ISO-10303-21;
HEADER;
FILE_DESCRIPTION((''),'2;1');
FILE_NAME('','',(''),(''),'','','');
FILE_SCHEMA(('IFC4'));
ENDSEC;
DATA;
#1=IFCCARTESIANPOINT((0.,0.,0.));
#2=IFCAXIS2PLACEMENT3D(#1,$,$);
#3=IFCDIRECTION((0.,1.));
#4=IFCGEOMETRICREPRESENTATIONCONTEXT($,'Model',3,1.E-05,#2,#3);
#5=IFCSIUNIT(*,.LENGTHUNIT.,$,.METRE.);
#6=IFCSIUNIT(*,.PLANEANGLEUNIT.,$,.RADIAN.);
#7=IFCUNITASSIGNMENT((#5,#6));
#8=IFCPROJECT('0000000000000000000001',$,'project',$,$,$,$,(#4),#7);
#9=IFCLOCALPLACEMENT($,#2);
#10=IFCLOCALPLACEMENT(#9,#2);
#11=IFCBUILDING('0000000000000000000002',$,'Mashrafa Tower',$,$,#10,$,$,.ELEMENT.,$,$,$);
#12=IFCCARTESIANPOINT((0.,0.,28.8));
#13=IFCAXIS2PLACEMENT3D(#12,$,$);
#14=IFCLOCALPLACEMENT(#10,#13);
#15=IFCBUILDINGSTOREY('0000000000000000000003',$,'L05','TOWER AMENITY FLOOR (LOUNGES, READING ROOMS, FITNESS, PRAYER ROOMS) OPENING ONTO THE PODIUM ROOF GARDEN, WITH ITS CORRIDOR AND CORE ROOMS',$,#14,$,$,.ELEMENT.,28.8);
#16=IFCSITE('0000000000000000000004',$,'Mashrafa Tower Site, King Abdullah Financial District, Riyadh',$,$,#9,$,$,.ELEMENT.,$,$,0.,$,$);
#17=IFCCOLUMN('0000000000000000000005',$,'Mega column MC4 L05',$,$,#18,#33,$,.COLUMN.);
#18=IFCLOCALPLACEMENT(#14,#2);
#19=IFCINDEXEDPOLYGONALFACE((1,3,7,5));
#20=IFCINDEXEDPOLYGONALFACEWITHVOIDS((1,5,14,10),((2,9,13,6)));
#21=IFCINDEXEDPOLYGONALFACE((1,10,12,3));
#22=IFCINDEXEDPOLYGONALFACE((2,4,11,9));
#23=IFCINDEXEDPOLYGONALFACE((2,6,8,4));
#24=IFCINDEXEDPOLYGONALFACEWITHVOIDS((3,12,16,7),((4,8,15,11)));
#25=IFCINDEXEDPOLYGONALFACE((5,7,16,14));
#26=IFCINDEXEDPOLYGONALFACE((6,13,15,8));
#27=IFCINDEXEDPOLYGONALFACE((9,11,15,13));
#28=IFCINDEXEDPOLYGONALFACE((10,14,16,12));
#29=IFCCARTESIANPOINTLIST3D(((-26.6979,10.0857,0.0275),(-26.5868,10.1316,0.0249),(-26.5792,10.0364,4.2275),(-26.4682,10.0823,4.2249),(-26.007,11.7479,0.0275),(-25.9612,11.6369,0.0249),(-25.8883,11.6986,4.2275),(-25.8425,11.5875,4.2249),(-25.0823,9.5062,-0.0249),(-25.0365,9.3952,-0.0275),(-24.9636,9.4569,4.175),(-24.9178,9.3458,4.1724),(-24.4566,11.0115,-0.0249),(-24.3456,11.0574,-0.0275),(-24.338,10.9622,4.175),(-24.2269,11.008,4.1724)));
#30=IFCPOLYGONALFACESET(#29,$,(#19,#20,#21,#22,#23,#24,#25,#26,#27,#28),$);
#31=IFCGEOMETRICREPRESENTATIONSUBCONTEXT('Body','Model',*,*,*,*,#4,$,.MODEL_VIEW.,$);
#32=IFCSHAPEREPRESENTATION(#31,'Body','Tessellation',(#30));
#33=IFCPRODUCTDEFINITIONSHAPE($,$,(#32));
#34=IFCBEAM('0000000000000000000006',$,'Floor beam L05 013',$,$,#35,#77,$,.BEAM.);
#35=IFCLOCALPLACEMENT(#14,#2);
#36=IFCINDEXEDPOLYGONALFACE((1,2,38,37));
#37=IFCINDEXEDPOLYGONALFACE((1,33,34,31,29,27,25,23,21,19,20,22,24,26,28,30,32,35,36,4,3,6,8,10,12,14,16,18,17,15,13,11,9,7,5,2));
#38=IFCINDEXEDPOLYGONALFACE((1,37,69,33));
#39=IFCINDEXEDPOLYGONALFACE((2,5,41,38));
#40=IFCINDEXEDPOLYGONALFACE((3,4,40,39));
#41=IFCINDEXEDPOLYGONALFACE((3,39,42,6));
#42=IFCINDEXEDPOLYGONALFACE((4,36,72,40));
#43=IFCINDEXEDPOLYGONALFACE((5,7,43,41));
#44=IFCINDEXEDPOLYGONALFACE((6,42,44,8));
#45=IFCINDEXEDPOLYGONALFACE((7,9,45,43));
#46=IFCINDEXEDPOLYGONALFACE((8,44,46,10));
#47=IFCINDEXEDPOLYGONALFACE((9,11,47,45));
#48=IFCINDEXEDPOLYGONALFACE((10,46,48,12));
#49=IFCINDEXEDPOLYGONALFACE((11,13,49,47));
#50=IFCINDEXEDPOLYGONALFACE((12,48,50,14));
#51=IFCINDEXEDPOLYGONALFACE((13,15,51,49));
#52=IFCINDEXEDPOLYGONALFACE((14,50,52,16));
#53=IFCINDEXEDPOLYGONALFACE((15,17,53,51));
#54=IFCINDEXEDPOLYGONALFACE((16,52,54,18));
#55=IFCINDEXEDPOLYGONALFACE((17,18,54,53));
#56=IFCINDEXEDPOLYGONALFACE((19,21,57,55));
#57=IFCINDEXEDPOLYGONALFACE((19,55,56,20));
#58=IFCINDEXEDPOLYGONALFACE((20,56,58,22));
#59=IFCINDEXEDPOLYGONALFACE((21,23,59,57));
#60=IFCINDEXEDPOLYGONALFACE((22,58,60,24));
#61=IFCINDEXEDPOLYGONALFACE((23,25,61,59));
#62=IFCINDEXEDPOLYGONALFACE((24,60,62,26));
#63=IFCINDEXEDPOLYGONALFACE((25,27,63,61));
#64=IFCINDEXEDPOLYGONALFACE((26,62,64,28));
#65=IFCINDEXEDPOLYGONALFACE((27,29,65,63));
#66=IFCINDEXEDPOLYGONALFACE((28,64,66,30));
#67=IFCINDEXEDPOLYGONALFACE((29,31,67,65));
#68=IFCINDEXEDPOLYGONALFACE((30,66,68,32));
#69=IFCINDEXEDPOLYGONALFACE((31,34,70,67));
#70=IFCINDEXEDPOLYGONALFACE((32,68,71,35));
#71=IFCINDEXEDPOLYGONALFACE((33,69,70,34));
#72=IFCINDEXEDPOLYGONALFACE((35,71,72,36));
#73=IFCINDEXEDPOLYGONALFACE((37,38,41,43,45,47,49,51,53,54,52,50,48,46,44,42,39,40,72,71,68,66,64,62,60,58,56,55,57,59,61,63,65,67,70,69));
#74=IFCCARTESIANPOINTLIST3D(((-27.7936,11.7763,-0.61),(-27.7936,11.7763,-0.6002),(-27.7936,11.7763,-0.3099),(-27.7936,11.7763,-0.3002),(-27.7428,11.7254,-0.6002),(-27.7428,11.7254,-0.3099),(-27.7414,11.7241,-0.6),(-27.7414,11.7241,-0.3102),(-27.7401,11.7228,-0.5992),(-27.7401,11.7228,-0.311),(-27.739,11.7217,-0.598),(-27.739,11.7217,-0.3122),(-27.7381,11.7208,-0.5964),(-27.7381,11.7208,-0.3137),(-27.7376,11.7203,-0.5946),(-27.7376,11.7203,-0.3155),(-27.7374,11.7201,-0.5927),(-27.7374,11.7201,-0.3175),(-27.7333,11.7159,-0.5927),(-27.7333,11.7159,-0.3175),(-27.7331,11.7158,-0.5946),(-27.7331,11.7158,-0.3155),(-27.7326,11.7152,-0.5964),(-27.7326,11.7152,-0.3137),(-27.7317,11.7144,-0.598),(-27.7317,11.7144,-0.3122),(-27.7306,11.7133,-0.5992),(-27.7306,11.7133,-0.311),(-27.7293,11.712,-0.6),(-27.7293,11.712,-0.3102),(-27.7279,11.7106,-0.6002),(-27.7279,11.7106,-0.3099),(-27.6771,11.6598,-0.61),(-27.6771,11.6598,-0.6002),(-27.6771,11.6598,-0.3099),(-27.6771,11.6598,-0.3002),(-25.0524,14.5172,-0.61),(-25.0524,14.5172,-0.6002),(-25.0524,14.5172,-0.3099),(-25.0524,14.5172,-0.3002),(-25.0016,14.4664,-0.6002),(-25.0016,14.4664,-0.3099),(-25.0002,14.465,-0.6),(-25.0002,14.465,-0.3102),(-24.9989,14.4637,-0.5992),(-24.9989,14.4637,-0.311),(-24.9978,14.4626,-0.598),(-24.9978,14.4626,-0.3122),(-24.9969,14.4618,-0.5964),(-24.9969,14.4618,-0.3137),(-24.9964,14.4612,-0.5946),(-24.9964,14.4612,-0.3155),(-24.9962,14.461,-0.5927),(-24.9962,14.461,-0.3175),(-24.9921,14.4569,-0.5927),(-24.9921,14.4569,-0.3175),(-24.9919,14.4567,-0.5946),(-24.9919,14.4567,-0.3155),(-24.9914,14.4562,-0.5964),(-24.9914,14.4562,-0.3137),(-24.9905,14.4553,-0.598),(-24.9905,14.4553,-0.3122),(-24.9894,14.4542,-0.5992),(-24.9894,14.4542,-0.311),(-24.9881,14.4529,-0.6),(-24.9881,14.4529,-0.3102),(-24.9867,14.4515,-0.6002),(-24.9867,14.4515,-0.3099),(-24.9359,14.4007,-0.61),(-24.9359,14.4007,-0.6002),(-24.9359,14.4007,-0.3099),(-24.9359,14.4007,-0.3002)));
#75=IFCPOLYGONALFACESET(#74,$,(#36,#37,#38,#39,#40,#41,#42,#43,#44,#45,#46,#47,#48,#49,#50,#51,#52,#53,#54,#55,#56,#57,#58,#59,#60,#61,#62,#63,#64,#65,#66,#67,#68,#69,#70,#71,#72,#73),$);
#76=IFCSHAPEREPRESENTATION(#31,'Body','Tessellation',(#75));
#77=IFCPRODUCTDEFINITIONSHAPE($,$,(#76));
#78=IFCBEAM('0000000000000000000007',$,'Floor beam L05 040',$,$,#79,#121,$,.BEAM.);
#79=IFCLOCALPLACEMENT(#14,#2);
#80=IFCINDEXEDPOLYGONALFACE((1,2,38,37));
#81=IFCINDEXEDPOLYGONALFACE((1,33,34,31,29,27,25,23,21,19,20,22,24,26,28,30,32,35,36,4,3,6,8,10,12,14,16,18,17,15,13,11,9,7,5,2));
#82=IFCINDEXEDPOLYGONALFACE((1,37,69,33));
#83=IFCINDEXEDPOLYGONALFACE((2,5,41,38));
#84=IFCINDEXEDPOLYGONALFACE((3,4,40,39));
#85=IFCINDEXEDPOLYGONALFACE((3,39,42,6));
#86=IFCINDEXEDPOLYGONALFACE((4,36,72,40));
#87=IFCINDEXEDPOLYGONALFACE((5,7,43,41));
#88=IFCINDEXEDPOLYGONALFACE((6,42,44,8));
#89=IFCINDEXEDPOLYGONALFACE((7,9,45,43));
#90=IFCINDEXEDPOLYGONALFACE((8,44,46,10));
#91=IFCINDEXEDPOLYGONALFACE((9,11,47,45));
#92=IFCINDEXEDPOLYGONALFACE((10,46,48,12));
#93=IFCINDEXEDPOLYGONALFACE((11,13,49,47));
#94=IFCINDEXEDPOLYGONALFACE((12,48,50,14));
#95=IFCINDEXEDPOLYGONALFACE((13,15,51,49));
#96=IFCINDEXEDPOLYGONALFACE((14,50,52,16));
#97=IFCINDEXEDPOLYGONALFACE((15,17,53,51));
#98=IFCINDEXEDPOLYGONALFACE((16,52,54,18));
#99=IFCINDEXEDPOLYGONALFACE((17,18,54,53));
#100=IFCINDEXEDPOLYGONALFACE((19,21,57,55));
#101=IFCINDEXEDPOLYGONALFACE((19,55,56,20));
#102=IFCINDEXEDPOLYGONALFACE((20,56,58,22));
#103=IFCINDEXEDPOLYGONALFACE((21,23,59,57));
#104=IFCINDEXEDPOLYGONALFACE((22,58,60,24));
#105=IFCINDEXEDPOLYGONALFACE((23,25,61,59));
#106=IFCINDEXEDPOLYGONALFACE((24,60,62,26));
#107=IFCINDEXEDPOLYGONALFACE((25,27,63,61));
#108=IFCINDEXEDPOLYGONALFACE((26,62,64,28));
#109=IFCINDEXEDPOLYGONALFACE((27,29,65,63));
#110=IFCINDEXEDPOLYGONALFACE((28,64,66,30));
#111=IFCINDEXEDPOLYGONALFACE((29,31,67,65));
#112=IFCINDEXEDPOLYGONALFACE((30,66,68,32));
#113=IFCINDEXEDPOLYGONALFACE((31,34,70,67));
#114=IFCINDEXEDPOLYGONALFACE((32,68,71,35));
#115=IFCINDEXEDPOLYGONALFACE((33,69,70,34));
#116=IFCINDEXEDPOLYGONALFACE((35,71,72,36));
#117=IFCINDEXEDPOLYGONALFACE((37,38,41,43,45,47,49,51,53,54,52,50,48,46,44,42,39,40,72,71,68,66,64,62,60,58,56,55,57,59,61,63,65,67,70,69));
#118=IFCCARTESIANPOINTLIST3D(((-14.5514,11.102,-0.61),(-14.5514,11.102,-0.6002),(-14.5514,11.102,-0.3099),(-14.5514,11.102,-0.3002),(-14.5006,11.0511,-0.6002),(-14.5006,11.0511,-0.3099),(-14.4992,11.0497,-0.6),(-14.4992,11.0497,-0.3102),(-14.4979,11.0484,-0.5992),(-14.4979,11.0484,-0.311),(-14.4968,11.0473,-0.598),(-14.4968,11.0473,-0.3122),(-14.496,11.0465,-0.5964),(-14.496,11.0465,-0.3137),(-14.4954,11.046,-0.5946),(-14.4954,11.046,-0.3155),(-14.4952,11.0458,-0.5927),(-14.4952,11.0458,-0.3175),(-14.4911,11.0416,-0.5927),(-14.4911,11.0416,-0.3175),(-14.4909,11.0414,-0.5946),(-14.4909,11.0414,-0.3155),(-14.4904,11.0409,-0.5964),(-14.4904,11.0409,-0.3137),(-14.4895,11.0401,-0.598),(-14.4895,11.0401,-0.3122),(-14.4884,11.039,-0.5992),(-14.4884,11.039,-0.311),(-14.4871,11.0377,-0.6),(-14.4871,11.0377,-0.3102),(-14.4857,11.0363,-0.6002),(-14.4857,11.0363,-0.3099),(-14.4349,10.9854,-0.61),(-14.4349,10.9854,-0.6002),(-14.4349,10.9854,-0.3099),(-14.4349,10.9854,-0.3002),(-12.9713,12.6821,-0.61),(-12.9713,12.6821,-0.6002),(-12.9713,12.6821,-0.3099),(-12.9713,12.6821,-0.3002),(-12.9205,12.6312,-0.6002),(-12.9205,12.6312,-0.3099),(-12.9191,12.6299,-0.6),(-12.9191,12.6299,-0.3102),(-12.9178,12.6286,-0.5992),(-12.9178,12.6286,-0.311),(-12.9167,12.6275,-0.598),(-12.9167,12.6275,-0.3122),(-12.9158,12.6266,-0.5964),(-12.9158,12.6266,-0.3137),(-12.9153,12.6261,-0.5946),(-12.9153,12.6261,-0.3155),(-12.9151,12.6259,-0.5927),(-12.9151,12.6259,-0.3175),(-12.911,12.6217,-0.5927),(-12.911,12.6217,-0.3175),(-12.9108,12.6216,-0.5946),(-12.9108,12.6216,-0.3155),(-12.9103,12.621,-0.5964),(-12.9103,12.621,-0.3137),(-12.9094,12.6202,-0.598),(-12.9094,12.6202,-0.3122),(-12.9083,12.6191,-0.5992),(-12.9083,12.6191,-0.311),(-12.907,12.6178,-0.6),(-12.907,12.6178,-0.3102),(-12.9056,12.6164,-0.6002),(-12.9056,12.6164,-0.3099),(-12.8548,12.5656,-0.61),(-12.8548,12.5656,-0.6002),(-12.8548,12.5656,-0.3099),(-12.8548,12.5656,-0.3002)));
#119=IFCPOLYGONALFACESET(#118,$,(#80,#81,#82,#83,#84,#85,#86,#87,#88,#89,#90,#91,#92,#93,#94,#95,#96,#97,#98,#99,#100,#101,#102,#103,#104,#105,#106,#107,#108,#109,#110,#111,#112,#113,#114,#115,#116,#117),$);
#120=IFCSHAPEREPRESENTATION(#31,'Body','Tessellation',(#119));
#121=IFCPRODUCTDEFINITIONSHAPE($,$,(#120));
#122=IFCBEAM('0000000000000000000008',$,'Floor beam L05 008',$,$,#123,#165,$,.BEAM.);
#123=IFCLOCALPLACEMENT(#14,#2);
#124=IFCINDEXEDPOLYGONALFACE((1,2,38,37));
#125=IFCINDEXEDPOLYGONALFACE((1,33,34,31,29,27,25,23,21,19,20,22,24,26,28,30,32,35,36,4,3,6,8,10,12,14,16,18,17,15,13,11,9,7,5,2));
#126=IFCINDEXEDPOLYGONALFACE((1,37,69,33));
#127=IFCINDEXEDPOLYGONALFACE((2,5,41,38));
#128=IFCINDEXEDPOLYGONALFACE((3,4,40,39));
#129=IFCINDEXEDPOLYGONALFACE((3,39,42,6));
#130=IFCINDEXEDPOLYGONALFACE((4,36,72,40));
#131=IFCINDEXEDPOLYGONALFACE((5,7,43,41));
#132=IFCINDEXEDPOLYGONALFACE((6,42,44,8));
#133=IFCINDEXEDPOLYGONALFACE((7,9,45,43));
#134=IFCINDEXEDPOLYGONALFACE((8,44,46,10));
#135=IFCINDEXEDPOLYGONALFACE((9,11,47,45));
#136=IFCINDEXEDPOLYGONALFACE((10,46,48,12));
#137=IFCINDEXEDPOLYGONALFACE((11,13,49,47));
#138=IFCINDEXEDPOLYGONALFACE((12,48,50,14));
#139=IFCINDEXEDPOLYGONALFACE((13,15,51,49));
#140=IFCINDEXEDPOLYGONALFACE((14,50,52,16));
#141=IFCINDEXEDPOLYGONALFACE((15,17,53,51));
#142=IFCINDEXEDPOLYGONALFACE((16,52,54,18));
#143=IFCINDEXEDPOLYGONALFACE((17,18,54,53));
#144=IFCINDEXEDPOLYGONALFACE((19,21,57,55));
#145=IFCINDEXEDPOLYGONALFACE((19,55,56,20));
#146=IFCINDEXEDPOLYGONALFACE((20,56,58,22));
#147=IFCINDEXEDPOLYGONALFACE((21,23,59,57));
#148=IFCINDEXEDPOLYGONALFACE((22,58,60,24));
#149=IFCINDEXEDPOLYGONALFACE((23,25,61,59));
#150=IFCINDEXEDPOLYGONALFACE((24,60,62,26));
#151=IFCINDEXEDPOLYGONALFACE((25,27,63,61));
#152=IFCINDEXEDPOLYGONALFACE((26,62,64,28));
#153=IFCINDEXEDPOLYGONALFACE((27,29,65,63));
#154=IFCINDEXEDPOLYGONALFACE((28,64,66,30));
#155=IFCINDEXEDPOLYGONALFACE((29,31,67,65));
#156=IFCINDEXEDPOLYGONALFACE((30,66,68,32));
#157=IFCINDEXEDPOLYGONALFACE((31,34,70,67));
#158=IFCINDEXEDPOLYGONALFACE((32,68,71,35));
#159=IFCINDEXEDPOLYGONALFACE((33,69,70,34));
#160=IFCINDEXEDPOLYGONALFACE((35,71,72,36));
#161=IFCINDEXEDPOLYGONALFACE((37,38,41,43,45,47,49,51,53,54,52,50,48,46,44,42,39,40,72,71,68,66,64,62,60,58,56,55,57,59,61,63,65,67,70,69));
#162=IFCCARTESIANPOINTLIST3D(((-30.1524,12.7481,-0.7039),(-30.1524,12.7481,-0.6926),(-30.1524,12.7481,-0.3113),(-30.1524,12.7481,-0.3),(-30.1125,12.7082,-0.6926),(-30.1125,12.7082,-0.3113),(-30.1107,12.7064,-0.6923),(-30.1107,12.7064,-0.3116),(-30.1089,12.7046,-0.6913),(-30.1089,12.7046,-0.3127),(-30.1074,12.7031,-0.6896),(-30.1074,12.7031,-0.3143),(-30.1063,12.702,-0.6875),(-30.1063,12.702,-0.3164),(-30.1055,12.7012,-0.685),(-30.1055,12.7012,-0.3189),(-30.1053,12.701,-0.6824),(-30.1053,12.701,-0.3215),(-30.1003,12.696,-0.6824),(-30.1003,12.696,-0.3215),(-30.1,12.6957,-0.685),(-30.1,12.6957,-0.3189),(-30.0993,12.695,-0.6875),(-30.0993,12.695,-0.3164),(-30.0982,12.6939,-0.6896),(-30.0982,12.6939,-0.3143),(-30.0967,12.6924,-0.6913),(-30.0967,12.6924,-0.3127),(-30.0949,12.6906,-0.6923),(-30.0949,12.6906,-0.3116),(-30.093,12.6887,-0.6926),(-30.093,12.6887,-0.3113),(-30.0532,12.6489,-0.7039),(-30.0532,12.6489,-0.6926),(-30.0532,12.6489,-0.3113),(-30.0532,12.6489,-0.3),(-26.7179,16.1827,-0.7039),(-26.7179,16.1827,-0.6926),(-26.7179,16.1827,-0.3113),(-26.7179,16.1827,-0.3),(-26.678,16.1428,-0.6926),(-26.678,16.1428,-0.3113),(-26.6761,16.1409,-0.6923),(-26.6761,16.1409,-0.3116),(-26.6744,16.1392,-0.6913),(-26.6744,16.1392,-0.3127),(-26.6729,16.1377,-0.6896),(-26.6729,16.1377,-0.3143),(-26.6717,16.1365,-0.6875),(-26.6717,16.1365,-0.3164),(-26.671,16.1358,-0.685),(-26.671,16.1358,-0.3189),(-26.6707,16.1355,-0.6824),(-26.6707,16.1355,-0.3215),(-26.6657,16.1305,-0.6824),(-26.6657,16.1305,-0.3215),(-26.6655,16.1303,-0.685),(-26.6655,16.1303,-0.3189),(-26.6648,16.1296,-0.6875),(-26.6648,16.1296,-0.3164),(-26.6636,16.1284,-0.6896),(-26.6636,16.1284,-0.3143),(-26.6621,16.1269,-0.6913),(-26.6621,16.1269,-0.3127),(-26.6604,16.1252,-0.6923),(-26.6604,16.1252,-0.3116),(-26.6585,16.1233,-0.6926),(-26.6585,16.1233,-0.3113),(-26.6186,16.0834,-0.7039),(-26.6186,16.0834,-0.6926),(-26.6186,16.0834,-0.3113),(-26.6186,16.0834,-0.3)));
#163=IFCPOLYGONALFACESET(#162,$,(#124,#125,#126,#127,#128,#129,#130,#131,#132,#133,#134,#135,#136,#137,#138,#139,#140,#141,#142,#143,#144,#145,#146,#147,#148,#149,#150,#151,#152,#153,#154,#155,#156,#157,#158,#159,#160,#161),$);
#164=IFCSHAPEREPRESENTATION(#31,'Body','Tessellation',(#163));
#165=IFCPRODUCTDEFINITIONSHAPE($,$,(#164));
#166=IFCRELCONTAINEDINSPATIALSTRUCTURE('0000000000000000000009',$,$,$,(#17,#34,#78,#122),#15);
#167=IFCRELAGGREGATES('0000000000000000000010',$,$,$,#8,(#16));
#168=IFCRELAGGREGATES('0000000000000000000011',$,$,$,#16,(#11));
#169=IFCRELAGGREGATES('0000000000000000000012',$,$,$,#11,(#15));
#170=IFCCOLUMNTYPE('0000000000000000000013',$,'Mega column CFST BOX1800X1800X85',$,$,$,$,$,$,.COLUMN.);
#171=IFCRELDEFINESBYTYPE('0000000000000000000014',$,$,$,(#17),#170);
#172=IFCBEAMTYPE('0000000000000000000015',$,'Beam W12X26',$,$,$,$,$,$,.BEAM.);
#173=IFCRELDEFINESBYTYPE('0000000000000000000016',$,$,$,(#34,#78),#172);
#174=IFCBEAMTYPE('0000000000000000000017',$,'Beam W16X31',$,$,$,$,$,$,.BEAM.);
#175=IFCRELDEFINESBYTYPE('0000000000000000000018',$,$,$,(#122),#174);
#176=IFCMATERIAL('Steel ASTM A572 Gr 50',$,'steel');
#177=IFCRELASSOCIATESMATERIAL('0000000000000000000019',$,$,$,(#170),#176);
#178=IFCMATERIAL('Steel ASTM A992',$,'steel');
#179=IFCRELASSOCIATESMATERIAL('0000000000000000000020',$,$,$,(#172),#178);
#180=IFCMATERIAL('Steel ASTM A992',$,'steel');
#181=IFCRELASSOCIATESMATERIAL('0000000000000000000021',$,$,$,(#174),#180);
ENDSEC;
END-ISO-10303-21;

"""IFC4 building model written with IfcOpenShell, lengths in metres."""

from ifc_helpers import new_model, si_unit, direction, frame, origin, origin_2d, place, context, subcontext, project, spatial, hollow_rectangle, i_section, extrude, material, material_profile, profile_set, type_object, element, save


model = new_model("IFC4")

# Units and contexts
model_context = context("Model", 3, precision=1e-05, world=origin(), true_north=direction((0.0, 1.0)))
body_context = subcontext(model_context, "Body", "Model", "MODEL_VIEW")
ifc_project = project(units=[si_unit("LENGTHUNIT", "METRE"), si_unit("PLANEANGLEUNIT", "RADIAN")], contexts=[model_context])

# Site, building, storey
site_placement = place(None, origin())
site = spatial("IfcSite", under=ifc_project, at=site_placement, Name="Mashrafa Tower Site, King Abdullah Financial District, Riyadh", CompositionType="ELEMENT", RefElevation=0.0)
building_placement = place(site_placement, origin())
building = spatial("IfcBuilding", under=site, at=building_placement, Name="Mashrafa Tower", CompositionType="ELEMENT")
storey_placement = place(building_placement, frame((0.0, 0.0, 28.8)))
storey = spatial("IfcBuildingStorey", under=building, at=storey_placement, Name="L05", Description="TOWER AMENITY FLOOR (LOUNGES, READING ROOMS, FITNESS, PRAYER ROOMS) OPENING ONTO THE PODIUM ROOF GARDEN, WITH ITS CORRIDOR AND CORE ROOMS", CompositionType="ELEMENT", Elevation=28.8)

# Column
ifc_material_1 = material(Name="Steel ASTM A572 Gr 50", Category="steel")
ifc_material_profile_1 = material_profile(ifc_material_1, hollow_rectangle(XDim=1.8, YDim=1.8, WallThickness=0.085, at=origin_2d()), Name="BOX1800X1800X85")
ifc_profile_set_1 = profile_set([ifc_material_profile_1], Name="Steel ASTM A572 Gr 50")
column_type = type_object("IfcColumnType", Name="Mega column CFST BOX1800X1800X85", PredefinedType="COLUMN", material=ifc_profile_set_1)
column_placement = place(storey_placement, frame((-25.5217, 10.5715, 0.0), z_axis=(0.028238, -0.011737, 0.999532), x_axis=(0.383806, 0.923414, 0.0)))
element("IfcColumn", 1, at=column_placement, inside=storey, type_object=column_type, Name="Mega column MC4 L05", PredefinedType="COLUMN", context=body_context, shape_type="SweptSolid", body=[
    extrude(hollow_rectangle(XDim=1.8, YDim=1.8, WallThickness=0.085, at=origin_2d()), origin(), (0.0, 0.0, 1.0), 4.2019),
])

# Beams
ifc_material_2 = material(Name="Steel ASTM A992", Category="steel")
ifc_material_profile_2 = material_profile(ifc_material_2, i_section(OverallWidth=0.1648, OverallDepth=0.3098, WebThickness=0.0059, FlangeThickness=0.0098, FilletRadius=0.0076, at=origin_2d()), Name="W12X26")
ifc_profile_set_2 = profile_set([ifc_material_profile_2], Name="Steel ASTM A992")
beam_type_1 = type_object("IfcBeamType", Name="Beam W12X26", PredefinedType="BEAM", material=ifc_profile_set_2)
beam_1_placement = place(storey_placement, frame((-27.7354, 11.718, -0.4551), z_axis=(0.707138, 0.707075, 0.0), x_axis=(-0.707075, 0.707138, 0.0)))
element("IfcBeam", 2, at=beam_1_placement, inside=storey, type_object=beam_type_1, Name="Floor beam L05 013", PredefinedType="BEAM", context=body_context, shape_type="SweptSolid", body=[
    extrude(i_section(OverallWidth=0.1648, OverallDepth=0.3098, WebThickness=0.0059, FlangeThickness=0.0098, FilletRadius=0.0076, at=origin_2d()), origin(), (0.0, 0.0, 1.0), 3.8765),
])
beam_2_placement = place(storey_placement, frame((-14.4932, 11.0437, -0.4551), z_axis=(0.707107, 0.707107, 0.0), x_axis=(-0.707107, 0.707107, 0.0)))
element("IfcBeam", 3, at=beam_2_placement, inside=storey, type_object=beam_type_1, Name="Floor beam L05 040", PredefinedType="BEAM", context=body_context, shape_type="SweptSolid", body=[
    extrude(i_section(OverallWidth=0.1648, OverallDepth=0.3098, WebThickness=0.0059, FlangeThickness=0.0098, FilletRadius=0.0076, at=origin_2d()), origin(), (0.0, 0.0, 1.0), 2.2346),
])
ifc_material_3 = material(Name="Steel ASTM A992", Category="steel")
ifc_material_profile_3 = material_profile(ifc_material_3, i_section(OverallWidth=0.1404, OverallDepth=0.4038, WebThickness=0.0071, FlangeThickness=0.0112, FilletRadius=0.0103, at=origin_2d()), Name="W16X31")
ifc_profile_set_3 = profile_set([ifc_material_profile_3], Name="Steel ASTM A992")
beam_type_2 = type_object("IfcBeamType", Name="Beam W16X31", PredefinedType="BEAM", material=ifc_profile_set_3)
beam_3_placement = place(storey_placement, frame((-30.1028, 12.6985, -0.502), z_axis=(0.707107, 0.707107, 0.0), x_axis=(-0.707107, 0.707107, 0.0)))
element("IfcBeam", 4, at=beam_3_placement, inside=storey, type_object=beam_type_2, Name="Floor beam L05 008", PredefinedType="BEAM", context=body_context, shape_type="SweptSolid", body=[
    extrude(i_section(OverallWidth=0.1404, OverallDepth=0.4038, WebThickness=0.0071, FlangeThickness=0.0112, FilletRadius=0.0103, at=origin_2d()), origin(), (0.0, 0.0, 1.0), 4.8572),
])

save(model, "model.ifc")
